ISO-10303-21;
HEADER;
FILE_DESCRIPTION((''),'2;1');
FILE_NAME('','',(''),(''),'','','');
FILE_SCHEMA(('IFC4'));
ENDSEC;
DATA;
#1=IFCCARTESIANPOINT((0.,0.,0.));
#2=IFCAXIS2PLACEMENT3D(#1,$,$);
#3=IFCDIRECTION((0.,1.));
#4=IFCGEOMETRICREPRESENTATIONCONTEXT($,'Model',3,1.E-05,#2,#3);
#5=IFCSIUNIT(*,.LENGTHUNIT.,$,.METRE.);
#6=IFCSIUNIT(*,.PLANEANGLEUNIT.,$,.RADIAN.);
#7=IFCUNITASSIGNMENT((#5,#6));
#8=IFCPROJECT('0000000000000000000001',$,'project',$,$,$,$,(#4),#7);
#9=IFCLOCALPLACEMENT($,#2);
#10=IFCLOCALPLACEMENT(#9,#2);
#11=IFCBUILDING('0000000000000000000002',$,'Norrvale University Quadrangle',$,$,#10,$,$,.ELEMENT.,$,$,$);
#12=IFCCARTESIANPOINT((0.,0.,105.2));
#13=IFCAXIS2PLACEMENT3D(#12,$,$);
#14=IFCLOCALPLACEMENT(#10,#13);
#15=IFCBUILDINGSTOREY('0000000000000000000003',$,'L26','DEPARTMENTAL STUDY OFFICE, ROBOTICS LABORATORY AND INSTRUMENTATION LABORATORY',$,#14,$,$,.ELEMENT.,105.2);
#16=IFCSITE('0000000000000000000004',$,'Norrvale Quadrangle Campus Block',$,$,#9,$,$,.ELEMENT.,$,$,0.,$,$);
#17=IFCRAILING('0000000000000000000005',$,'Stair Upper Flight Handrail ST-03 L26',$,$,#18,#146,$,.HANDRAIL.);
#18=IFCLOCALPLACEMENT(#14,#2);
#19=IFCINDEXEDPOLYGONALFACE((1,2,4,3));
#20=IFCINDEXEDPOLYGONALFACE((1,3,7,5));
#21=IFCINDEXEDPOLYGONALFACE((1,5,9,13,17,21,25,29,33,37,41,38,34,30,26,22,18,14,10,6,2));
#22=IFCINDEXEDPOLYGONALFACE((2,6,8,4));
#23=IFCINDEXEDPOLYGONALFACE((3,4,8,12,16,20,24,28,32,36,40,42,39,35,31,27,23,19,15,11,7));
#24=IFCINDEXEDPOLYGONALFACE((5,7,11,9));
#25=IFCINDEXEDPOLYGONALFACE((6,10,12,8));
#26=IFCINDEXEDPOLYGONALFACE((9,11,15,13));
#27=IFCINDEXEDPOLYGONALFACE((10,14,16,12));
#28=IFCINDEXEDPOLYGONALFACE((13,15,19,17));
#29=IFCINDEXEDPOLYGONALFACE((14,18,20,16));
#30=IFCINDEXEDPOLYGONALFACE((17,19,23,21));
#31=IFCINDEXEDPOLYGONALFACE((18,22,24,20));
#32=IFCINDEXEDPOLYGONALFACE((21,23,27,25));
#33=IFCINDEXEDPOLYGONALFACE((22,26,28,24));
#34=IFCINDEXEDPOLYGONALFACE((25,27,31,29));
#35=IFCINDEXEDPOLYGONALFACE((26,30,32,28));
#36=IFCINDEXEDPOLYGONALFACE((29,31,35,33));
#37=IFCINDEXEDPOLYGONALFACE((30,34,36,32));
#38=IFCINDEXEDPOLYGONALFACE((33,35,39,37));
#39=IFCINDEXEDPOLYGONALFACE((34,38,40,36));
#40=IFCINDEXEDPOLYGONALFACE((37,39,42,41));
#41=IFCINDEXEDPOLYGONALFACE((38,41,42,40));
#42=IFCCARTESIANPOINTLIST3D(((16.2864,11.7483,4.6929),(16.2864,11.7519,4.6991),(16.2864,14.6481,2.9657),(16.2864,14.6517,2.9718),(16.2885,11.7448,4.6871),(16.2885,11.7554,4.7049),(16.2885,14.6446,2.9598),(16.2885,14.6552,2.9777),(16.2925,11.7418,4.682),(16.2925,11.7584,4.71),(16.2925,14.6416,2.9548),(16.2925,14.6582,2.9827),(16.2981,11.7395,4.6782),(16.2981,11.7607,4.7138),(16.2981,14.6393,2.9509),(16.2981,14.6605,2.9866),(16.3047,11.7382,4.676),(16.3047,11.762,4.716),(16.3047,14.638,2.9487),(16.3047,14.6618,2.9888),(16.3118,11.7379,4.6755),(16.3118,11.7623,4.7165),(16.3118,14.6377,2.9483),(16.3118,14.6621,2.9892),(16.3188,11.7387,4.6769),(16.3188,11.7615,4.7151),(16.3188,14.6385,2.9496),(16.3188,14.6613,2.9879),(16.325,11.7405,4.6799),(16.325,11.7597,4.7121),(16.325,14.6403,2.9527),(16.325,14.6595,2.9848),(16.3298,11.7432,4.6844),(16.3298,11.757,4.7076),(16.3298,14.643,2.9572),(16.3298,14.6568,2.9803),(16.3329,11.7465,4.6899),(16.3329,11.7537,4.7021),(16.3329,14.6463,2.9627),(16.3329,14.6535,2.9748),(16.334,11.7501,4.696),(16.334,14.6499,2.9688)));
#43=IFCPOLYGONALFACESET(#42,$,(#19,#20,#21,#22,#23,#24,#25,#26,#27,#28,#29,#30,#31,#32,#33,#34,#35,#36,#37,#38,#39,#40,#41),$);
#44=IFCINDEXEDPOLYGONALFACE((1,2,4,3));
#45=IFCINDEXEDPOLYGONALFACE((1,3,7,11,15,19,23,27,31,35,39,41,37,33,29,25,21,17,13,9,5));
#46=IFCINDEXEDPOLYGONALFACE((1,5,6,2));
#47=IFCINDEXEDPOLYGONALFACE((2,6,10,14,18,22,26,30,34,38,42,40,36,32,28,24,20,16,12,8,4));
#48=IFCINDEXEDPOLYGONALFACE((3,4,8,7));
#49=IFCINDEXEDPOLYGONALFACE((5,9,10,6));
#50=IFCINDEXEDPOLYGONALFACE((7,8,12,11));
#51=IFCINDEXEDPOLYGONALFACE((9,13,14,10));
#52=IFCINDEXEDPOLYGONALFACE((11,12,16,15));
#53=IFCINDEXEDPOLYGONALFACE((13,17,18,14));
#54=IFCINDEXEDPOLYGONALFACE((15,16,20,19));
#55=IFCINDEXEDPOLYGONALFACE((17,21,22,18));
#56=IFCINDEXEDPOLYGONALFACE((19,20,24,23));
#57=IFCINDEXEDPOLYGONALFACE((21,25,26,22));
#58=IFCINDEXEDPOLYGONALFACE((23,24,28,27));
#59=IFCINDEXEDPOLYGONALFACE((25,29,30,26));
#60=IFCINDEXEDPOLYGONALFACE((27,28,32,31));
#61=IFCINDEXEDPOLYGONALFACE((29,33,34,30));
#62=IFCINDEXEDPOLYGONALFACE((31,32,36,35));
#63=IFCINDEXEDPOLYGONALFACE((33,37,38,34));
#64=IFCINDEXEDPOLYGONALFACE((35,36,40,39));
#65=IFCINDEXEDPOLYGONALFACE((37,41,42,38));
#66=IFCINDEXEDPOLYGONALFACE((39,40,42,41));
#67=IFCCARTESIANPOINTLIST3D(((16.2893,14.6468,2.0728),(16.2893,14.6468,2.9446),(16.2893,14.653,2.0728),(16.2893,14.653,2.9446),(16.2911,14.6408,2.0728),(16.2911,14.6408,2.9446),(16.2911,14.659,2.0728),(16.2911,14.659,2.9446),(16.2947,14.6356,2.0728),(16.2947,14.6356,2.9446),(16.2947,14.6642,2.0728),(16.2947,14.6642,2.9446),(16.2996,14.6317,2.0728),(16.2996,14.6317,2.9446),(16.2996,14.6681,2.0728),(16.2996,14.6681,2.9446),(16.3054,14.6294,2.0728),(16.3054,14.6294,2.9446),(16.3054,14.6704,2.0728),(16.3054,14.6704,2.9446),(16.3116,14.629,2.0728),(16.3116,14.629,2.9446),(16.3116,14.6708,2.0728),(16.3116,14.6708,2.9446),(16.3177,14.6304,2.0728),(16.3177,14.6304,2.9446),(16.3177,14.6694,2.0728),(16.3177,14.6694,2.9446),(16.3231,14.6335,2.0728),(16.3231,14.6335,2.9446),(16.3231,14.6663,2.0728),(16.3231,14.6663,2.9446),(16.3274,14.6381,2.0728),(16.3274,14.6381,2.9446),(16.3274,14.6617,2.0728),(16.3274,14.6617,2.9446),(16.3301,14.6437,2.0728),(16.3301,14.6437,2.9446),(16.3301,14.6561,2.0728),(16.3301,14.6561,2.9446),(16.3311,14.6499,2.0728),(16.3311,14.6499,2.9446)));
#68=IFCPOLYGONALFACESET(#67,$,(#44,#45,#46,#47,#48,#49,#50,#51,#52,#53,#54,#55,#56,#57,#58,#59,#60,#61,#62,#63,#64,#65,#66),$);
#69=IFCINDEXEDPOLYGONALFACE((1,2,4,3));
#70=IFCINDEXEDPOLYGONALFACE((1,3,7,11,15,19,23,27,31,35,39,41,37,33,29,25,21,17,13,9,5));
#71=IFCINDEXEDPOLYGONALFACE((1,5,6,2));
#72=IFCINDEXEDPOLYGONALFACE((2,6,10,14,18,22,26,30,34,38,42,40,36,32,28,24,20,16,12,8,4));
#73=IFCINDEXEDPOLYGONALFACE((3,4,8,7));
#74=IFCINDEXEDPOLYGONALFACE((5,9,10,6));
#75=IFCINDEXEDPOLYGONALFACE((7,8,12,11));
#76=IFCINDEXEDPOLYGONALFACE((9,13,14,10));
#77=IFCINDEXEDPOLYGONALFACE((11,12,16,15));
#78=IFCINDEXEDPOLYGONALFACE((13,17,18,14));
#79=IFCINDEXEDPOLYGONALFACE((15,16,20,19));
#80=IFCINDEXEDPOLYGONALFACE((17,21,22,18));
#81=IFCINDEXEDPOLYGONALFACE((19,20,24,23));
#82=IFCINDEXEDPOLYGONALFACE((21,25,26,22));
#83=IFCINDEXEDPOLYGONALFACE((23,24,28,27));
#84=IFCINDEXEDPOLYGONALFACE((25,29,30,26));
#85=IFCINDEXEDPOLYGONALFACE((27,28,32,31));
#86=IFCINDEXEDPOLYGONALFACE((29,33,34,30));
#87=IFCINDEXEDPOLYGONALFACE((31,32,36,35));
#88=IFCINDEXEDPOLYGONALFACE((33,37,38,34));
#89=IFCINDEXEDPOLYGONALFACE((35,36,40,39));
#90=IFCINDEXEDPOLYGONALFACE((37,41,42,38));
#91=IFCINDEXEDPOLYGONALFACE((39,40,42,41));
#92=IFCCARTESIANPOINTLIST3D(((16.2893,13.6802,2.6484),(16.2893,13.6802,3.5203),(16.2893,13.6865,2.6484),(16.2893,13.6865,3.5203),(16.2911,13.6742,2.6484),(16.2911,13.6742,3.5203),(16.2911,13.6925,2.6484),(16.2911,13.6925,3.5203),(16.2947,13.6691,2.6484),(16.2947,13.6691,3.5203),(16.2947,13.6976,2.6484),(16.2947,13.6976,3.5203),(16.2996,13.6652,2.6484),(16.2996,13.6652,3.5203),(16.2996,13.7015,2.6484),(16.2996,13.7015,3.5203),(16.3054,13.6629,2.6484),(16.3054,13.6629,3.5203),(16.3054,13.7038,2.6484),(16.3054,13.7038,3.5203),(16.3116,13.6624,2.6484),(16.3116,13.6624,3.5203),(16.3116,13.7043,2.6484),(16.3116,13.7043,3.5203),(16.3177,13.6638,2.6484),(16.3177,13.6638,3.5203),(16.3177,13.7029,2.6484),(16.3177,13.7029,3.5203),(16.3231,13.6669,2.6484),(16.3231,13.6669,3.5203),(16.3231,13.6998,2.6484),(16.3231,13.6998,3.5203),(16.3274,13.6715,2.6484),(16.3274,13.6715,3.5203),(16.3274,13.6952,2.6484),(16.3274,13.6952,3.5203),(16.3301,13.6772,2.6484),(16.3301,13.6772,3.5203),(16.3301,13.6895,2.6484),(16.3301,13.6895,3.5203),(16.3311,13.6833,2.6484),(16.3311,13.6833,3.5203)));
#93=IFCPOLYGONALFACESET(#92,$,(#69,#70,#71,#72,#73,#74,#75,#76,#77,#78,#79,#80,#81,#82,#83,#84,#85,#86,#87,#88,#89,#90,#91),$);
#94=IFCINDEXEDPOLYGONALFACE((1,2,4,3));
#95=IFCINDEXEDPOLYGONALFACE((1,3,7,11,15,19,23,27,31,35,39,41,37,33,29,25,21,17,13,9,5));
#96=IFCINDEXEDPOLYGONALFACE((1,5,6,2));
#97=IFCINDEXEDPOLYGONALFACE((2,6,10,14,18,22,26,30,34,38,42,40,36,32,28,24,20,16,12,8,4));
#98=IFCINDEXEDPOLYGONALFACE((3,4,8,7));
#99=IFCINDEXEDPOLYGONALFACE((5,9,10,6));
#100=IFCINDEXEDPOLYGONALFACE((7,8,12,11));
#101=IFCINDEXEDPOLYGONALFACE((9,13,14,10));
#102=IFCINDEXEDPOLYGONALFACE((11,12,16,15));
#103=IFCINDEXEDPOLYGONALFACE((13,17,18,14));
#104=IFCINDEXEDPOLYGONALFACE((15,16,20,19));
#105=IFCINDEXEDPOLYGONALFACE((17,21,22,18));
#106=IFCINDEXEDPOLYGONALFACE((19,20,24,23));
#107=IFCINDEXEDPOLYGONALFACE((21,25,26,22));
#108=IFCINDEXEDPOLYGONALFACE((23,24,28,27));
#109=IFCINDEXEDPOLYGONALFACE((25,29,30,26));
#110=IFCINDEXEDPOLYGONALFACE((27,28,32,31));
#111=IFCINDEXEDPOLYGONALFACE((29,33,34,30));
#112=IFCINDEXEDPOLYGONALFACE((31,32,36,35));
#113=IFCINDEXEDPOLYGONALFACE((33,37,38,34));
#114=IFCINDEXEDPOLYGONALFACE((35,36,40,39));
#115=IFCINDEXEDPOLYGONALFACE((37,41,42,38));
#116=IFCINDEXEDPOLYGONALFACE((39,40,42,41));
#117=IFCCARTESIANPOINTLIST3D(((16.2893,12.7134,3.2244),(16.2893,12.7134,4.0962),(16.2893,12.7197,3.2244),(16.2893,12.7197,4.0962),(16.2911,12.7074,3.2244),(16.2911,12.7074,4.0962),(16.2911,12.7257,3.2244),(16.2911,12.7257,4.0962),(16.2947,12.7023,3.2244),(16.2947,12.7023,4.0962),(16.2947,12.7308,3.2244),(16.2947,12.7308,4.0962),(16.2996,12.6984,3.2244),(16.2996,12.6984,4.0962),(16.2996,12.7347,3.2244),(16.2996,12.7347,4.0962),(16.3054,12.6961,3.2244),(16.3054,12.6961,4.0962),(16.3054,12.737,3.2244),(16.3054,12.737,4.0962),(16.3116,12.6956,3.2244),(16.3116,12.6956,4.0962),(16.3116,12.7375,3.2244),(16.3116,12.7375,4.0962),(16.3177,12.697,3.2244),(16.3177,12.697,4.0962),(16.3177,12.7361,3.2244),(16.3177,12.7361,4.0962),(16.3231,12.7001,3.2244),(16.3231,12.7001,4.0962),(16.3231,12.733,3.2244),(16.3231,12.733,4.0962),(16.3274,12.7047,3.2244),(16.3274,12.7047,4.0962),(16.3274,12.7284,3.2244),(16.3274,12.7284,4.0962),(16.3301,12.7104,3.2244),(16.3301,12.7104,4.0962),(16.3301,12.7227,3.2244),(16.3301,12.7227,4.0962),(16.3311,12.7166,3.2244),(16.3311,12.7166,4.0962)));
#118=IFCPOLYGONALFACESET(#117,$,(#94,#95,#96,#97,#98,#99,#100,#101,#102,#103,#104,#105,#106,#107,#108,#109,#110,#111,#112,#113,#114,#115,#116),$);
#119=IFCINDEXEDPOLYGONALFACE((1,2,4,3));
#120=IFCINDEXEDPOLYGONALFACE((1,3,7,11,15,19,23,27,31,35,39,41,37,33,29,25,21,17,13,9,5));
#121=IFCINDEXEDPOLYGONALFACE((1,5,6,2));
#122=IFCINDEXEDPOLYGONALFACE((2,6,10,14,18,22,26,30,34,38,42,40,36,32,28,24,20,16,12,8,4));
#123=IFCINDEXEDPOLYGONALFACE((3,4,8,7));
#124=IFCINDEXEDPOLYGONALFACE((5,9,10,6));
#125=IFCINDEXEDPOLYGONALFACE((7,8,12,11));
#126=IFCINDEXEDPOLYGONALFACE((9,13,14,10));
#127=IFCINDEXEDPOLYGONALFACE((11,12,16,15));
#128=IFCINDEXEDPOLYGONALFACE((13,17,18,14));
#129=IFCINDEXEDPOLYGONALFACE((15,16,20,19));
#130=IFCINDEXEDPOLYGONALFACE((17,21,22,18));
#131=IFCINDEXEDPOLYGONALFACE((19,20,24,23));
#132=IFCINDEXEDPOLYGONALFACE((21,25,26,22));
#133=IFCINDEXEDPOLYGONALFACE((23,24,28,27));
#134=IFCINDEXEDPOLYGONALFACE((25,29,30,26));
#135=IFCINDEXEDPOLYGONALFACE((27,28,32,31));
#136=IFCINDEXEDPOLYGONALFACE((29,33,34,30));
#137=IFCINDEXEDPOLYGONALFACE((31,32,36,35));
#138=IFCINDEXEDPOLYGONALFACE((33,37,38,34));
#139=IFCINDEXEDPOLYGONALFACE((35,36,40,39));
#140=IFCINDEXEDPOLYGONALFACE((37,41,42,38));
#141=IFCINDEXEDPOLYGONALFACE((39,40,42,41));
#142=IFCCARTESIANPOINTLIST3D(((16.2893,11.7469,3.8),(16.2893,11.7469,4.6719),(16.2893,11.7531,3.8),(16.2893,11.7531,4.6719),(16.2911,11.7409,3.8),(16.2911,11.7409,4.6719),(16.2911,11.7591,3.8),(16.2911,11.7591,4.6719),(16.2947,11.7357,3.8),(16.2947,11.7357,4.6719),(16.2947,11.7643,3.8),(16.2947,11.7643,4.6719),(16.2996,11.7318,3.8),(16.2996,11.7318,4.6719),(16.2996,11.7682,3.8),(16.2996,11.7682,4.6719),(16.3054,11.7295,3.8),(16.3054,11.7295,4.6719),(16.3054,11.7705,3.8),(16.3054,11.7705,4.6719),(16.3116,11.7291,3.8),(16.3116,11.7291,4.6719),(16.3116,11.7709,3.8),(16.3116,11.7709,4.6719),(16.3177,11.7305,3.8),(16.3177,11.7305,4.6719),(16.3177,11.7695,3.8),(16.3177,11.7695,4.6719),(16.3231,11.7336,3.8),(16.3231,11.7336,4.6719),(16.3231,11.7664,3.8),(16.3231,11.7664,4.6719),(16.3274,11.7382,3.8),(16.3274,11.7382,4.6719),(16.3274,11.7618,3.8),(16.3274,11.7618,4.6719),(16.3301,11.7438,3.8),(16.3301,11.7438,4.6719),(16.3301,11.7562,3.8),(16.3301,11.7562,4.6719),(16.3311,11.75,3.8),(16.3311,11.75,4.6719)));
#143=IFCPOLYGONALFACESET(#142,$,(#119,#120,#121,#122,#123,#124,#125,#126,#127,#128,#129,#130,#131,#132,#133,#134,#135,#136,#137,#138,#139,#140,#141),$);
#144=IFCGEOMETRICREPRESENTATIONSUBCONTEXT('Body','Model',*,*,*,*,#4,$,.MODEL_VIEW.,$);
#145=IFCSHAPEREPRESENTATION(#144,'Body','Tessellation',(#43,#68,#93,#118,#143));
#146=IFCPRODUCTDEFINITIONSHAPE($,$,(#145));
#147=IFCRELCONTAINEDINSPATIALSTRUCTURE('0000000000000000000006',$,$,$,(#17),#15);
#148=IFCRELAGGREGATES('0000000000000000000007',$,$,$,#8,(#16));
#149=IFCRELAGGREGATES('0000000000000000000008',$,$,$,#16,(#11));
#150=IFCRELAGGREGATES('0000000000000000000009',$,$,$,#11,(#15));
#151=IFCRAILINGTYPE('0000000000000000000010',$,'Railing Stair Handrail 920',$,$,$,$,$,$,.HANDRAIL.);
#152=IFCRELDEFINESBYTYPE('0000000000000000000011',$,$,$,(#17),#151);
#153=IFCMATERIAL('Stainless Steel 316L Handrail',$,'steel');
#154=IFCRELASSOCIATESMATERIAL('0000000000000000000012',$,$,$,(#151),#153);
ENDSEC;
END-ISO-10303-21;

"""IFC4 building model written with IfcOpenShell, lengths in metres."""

from ifc_helpers import new_model, si_unit, direction, frame, origin, origin_2d, place, context, subcontext, project, spatial, circle, extrude, material, type_object, element, save


model = new_model("IFC4")

# Units and contexts
model_context = context("Model", 3, precision=1e-05, world=origin(), true_north=direction((0.0, 1.0)))
body_context = subcontext(model_context, "Body", "Model", "MODEL_VIEW")
ifc_project = project(units=[si_unit("LENGTHUNIT", "METRE"), si_unit("PLANEANGLEUNIT", "RADIAN")], contexts=[model_context])

# Site, building, storey
site_placement = place(None, origin())
site = spatial("IfcSite", under=ifc_project, at=site_placement, Name="Norrvale Quadrangle Campus Block", CompositionType="ELEMENT", RefElevation=0.0)
building_placement = place(site_placement, origin())
building = spatial("IfcBuilding", under=site, at=building_placement, Name="Norrvale University Quadrangle", CompositionType="ELEMENT")
storey_placement = place(building_placement, frame((0.0, 0.0, 105.2)))
storey = spatial("IfcBuildingStorey", under=building, at=storey_placement, Name="L26", Description="DEPARTMENTAL STUDY OFFICE, ROBOTICS LABORATORY AND INSTRUMENTATION LABORATORY", CompositionType="ELEMENT", Elevation=105.2)

# Railing
ifc_material_1 = material(Name="Stainless Steel 316L Handrail", Category="steel")
railing_type_1 = type_object("IfcRailingType", Name="Railing Stair Handrail 920", PredefinedType="HANDRAIL", material=ifc_material_1)
railing_1_placement = place(storey_placement, frame((16.3101, 14.6499, 2.0728)))
element("IfcRailing", 1, at=railing_1_placement, inside=storey, type_object=railing_type_1, Name="Stair Upper Flight Handrail ST-03 L26", PredefinedType="HANDRAIL", context=body_context, shape_type="SweptSolid", body=[
    extrude(circle(Radius=0.0239, at=origin_2d()), frame((0.0, 0.0, 0.896), z_axis=(0.0, -0.859141, 0.511738), x_axis=(1.0, 0.0, 0.0)), (0.0, 0.0, 1.0), 3.3752),
    extrude(circle(Radius=0.021, at=origin_2d()), origin(), (0.0, 0.0, 1.0), 0.8718),
    extrude(circle(Radius=0.021, at=origin_2d()), frame((0.0, -0.9666, 0.5757)), (0.0, 0.0, 1.0), 0.8718),
    extrude(circle(Radius=0.021, at=origin_2d()), frame((0.0, -1.9333, 1.1516)), (0.0, 0.0, 1.0), 0.8718),
    extrude(circle(Radius=0.021, at=origin_2d()), frame((0.0, -2.8999, 1.7273)), (0.0, 0.0, 1.0), 0.8718),
])

save(model, "model.ifc")
